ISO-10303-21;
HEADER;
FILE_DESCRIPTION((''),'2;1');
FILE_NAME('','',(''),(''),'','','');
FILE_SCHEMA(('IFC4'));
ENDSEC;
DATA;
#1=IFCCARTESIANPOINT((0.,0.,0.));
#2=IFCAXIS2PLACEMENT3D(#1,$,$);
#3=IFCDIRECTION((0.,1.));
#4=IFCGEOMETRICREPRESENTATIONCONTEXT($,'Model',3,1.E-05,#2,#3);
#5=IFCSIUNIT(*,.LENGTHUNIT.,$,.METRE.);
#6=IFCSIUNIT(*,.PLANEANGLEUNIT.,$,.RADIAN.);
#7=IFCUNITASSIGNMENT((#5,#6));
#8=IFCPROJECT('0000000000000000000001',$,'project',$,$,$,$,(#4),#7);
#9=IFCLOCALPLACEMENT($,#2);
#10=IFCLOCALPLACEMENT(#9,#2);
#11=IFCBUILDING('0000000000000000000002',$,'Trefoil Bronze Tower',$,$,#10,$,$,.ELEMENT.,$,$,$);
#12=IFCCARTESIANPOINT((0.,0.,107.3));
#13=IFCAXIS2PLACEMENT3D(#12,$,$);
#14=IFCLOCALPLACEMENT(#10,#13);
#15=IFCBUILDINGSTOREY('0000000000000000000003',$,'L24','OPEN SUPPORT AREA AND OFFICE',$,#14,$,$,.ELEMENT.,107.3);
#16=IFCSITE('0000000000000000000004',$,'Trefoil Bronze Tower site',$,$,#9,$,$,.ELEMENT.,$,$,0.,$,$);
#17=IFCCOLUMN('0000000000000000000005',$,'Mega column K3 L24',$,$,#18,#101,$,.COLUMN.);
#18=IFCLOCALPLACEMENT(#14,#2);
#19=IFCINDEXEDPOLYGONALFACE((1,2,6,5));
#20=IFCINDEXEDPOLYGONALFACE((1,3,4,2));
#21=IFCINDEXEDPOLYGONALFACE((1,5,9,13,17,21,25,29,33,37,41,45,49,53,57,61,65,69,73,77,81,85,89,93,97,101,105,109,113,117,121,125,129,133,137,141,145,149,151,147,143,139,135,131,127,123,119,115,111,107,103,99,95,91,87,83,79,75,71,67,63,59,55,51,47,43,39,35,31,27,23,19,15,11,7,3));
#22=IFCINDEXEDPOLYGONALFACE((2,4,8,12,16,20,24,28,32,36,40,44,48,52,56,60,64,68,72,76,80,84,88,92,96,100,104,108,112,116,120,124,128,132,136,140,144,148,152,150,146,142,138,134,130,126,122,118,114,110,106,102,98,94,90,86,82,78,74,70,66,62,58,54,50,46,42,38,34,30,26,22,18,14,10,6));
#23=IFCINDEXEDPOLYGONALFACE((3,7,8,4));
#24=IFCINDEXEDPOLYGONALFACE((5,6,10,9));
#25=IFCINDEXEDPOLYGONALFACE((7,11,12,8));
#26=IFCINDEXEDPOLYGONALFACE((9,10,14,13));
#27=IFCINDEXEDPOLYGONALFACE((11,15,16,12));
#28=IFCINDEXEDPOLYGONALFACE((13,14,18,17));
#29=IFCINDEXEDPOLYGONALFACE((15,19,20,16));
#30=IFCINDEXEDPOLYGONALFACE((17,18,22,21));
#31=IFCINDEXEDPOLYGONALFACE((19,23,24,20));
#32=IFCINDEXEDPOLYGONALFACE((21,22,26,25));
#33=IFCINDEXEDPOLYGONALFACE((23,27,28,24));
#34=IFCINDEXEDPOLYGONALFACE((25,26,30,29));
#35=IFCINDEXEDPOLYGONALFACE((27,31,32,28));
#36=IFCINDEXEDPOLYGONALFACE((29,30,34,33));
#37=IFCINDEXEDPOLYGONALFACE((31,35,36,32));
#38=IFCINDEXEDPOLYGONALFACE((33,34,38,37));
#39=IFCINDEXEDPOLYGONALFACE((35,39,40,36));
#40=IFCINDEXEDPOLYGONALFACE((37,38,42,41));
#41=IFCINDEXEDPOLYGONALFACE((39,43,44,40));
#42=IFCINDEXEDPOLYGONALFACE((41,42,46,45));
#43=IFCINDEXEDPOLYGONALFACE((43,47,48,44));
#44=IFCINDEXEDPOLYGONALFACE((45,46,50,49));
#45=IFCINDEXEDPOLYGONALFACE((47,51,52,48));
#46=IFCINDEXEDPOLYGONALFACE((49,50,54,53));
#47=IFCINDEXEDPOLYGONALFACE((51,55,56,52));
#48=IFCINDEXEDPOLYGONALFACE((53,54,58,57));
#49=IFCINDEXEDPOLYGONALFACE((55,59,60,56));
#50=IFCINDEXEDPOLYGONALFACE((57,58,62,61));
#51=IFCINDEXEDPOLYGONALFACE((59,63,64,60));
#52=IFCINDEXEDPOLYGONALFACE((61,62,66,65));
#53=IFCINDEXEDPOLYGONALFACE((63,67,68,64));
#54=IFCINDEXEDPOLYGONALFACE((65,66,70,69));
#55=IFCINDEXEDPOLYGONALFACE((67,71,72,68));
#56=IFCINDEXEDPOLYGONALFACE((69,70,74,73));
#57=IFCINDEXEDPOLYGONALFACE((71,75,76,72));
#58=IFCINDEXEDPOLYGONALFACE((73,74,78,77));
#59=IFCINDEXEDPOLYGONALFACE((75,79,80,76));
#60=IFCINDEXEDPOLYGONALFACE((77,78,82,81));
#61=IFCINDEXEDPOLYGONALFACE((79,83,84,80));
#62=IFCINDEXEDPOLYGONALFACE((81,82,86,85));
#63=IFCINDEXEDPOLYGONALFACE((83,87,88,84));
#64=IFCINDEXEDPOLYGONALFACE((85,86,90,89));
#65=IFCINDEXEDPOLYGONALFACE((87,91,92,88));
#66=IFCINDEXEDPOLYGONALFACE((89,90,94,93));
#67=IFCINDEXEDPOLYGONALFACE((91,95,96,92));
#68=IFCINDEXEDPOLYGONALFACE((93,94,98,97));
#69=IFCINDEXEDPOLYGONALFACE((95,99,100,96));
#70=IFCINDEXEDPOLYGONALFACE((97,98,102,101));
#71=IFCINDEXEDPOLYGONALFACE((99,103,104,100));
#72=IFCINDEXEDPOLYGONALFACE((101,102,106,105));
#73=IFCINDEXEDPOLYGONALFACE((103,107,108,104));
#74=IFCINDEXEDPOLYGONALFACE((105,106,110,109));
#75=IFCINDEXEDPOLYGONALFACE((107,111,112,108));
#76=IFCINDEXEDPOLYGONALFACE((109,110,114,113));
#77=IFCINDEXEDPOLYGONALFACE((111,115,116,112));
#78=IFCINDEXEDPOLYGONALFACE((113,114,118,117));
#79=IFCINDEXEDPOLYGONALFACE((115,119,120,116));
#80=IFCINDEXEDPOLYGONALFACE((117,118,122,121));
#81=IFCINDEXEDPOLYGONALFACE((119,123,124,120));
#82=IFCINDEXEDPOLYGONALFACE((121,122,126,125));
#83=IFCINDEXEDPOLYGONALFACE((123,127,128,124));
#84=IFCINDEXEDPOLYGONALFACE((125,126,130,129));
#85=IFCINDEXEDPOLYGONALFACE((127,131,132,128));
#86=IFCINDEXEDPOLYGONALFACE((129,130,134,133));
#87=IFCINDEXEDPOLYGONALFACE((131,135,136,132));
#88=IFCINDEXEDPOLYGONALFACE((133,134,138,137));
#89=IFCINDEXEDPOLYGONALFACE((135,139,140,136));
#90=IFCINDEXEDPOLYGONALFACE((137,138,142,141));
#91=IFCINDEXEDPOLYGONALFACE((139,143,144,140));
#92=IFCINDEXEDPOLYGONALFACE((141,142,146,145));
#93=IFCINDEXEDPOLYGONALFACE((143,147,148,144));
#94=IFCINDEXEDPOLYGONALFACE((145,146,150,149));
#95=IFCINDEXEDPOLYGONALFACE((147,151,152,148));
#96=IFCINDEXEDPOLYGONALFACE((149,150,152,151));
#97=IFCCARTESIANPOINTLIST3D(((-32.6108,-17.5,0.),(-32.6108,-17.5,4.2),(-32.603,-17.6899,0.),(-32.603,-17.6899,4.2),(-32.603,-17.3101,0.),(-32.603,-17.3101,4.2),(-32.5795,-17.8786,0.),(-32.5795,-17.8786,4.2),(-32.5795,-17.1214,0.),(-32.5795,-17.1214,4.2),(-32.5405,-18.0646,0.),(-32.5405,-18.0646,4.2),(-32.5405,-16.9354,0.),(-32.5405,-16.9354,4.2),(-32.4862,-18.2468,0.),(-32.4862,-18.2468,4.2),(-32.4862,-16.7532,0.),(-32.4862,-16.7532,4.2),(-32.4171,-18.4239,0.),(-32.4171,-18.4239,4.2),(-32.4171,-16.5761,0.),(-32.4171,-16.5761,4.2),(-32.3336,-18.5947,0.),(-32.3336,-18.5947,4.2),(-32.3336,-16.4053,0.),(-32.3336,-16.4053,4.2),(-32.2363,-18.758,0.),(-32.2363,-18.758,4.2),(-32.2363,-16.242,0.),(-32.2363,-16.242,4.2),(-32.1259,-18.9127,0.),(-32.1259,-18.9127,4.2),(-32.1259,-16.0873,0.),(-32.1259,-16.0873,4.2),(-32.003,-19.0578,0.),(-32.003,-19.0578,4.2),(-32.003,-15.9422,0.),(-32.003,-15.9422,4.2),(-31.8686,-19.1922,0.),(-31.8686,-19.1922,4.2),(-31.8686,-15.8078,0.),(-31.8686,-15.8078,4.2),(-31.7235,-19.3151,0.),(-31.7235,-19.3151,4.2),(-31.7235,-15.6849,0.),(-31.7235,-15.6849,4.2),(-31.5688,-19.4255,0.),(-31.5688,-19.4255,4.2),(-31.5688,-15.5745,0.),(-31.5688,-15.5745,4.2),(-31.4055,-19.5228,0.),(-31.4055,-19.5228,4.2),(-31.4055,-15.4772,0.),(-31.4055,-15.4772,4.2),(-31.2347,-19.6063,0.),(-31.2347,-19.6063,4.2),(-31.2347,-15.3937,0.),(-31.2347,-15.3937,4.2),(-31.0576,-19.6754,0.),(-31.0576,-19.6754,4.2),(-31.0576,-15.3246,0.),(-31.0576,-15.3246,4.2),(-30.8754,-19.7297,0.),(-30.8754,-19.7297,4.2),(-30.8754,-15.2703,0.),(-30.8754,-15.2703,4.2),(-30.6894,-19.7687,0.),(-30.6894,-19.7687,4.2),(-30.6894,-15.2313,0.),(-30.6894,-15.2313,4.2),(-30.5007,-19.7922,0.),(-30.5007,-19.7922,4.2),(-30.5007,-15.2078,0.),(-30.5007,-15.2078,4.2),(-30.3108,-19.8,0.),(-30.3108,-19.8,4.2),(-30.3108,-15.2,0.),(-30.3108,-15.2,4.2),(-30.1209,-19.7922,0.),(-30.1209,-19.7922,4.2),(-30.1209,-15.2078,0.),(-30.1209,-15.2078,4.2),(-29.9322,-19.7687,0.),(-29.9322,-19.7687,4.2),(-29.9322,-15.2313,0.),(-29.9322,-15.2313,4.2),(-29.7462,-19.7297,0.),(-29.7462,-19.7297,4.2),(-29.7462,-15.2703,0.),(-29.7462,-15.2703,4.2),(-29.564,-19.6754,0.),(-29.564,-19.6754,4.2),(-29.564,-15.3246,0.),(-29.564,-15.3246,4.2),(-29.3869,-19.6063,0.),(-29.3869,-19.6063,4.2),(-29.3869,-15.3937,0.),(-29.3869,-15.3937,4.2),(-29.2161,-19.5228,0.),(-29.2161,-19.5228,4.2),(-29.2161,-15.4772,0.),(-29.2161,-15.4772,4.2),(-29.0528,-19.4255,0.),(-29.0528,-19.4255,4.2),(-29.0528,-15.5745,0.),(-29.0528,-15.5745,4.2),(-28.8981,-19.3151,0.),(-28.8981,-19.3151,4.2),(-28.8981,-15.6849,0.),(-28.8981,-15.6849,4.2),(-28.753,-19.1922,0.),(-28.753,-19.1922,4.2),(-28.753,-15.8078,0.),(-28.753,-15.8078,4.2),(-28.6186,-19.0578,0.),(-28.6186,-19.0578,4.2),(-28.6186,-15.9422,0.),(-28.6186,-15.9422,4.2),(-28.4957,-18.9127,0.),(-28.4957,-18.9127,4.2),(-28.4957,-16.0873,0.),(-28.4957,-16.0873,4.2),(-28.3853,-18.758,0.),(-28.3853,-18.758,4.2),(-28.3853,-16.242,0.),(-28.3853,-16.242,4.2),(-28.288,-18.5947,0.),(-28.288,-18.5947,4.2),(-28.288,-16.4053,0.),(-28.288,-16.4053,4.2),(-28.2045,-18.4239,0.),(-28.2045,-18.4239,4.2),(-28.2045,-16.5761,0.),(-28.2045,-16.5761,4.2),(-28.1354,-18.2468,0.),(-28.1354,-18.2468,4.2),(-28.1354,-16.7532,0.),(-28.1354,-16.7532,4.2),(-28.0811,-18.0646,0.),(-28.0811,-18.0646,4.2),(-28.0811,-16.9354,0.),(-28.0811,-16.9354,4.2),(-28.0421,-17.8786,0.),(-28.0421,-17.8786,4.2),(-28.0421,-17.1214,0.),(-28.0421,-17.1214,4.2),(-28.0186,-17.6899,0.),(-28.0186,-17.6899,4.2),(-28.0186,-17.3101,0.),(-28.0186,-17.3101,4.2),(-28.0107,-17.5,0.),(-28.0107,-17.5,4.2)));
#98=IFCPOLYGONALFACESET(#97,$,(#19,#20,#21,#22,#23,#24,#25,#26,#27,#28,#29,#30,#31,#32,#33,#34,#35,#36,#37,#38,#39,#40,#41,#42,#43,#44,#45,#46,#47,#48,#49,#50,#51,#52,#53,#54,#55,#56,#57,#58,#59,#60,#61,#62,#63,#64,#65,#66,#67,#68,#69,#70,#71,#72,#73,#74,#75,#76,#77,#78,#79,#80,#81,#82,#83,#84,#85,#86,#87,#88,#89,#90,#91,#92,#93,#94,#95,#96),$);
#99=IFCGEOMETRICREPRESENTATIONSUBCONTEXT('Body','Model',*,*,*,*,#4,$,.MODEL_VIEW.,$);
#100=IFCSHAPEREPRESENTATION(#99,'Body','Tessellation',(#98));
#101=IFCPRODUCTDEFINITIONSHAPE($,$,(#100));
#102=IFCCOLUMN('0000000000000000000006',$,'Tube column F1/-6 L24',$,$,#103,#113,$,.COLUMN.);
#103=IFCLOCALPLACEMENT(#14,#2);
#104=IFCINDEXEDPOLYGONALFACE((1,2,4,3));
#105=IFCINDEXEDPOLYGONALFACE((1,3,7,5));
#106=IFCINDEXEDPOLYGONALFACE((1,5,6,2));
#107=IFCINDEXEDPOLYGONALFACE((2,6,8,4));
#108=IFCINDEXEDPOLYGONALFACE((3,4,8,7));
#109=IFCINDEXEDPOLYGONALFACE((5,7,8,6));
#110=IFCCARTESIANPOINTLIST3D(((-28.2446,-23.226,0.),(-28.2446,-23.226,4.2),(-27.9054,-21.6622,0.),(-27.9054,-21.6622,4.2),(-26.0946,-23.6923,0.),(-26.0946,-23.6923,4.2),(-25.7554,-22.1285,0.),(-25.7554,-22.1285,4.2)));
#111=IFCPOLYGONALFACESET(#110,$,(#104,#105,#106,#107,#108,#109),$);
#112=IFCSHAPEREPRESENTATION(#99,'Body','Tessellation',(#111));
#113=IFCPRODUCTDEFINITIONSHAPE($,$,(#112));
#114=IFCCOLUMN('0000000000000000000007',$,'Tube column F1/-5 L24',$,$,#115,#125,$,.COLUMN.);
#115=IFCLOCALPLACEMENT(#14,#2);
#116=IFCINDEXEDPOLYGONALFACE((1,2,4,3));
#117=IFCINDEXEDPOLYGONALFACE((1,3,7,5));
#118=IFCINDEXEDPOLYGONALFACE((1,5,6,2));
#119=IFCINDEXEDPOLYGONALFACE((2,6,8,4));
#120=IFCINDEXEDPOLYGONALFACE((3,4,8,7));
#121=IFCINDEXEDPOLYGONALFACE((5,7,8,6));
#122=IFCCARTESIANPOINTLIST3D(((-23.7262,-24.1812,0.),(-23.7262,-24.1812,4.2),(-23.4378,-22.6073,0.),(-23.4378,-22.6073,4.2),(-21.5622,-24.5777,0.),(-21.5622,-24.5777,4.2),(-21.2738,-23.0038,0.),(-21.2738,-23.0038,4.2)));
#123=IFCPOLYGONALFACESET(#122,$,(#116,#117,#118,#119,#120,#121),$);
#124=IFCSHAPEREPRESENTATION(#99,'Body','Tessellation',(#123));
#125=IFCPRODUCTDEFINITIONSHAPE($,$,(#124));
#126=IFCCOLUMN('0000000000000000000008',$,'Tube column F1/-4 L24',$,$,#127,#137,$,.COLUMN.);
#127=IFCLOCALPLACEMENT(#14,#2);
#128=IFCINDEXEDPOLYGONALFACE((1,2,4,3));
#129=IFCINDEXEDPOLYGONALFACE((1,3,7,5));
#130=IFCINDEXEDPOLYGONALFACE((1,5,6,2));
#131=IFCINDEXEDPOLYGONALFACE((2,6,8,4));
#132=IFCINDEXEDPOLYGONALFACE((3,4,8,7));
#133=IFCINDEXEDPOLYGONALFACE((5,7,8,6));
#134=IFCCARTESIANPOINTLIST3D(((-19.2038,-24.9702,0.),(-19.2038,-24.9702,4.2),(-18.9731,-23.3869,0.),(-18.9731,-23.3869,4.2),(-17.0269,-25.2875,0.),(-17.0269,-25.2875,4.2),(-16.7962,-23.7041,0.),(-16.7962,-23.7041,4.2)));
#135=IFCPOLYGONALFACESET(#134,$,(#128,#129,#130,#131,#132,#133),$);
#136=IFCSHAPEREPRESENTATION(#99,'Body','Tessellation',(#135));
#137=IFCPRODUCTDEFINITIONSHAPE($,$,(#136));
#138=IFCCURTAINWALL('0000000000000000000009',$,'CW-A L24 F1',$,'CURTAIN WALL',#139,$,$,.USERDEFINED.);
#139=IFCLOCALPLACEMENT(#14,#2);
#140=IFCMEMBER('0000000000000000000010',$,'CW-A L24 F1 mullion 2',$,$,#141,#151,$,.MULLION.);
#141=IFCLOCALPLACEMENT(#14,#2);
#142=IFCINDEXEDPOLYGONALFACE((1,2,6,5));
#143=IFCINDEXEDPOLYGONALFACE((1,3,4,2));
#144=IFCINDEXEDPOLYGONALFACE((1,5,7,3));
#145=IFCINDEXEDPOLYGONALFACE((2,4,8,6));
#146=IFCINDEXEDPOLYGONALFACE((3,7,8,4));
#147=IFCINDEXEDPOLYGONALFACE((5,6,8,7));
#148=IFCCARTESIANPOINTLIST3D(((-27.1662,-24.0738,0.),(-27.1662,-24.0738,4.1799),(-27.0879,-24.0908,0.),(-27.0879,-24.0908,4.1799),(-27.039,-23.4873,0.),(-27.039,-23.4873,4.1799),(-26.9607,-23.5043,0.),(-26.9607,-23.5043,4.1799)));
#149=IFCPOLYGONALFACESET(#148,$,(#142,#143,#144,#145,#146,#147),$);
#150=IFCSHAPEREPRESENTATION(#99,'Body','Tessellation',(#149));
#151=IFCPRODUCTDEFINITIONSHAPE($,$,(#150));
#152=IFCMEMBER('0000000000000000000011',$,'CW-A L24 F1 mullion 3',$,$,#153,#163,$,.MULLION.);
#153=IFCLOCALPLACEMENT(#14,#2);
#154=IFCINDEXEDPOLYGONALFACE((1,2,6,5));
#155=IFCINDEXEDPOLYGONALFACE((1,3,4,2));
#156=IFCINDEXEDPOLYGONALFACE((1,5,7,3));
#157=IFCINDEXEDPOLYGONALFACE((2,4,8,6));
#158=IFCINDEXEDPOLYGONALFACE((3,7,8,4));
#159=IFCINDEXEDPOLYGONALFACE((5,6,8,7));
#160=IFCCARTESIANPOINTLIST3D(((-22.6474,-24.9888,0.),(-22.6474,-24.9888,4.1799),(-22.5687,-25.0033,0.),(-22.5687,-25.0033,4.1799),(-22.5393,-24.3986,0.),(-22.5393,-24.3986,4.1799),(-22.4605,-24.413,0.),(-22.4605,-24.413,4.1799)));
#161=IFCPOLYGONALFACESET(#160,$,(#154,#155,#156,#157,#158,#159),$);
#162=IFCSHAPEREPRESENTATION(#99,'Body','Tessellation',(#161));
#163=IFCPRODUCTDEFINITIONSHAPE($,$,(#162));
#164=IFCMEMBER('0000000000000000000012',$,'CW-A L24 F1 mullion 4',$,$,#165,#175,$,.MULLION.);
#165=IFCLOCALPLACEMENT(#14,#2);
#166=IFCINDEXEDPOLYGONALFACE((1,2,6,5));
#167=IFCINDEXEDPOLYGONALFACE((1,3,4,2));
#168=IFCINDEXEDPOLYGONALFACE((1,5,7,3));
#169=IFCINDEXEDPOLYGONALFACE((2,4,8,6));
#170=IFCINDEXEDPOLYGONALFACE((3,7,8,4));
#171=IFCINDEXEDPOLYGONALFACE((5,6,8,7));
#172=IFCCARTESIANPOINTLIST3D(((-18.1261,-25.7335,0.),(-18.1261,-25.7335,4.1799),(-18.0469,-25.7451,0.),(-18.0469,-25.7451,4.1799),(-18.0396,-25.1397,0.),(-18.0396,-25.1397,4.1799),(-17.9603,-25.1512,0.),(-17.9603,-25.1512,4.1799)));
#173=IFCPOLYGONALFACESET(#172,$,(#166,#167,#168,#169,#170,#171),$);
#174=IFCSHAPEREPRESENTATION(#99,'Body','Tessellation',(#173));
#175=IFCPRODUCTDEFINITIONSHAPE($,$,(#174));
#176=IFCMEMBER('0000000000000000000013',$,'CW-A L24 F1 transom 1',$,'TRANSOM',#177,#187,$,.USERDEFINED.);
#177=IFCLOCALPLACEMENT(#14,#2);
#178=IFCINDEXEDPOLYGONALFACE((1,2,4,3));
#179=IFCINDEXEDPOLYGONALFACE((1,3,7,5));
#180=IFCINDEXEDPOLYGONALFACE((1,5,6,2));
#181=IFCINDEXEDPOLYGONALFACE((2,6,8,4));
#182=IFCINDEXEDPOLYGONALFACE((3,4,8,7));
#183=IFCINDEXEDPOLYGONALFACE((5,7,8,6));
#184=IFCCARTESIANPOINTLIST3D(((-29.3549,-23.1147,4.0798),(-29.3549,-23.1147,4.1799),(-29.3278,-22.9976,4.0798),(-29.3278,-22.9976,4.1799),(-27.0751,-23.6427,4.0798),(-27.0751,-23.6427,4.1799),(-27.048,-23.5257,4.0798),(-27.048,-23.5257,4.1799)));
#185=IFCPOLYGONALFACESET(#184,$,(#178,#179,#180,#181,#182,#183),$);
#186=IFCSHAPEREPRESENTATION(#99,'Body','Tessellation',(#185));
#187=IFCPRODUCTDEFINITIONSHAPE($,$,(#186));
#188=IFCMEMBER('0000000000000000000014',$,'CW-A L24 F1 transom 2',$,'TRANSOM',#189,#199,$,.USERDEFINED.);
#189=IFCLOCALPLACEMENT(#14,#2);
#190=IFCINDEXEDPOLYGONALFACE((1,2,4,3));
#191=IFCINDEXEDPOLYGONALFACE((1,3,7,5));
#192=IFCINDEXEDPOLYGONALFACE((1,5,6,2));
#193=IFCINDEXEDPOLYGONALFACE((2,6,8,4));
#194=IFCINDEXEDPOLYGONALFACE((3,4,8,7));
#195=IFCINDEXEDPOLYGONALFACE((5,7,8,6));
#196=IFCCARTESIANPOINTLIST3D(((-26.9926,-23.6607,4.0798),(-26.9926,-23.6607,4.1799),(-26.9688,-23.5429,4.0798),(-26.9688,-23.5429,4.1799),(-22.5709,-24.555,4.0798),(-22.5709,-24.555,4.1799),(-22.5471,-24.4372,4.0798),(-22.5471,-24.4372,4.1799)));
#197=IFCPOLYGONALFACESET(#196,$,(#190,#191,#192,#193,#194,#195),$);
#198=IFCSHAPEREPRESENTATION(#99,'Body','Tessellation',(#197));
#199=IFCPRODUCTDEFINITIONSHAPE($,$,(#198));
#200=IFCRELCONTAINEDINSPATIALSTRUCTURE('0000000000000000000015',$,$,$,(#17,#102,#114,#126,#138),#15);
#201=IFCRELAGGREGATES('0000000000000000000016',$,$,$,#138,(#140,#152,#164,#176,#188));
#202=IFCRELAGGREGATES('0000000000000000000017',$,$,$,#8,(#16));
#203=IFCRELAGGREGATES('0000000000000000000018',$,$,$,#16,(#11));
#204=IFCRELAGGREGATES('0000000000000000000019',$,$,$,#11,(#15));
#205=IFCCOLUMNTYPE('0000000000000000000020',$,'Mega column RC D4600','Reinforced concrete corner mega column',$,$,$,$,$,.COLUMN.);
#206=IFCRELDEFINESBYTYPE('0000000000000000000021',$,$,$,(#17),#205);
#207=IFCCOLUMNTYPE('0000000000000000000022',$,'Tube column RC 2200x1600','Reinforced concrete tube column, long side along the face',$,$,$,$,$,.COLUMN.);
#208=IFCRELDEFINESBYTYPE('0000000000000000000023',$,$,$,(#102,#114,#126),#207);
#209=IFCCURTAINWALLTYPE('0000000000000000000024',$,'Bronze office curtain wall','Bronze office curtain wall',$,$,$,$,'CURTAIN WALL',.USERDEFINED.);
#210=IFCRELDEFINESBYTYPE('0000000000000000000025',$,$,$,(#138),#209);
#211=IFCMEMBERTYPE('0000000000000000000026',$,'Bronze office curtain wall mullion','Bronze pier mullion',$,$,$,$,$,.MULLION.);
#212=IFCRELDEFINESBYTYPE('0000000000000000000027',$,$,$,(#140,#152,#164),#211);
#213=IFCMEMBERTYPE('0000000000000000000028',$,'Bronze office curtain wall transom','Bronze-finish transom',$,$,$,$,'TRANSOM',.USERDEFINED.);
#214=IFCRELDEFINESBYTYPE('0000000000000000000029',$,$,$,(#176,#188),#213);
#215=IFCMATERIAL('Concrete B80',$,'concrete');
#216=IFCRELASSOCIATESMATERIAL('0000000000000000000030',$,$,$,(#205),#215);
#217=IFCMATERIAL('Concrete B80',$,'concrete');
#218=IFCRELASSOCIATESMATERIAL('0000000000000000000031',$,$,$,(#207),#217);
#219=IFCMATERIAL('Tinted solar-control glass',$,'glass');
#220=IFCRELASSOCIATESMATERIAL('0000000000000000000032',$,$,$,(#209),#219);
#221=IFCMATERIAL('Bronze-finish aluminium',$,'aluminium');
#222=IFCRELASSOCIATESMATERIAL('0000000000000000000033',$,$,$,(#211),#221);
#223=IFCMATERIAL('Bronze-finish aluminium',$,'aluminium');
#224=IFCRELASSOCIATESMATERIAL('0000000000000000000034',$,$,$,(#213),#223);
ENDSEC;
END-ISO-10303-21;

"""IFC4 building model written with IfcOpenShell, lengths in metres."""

from ifc_helpers import new_model, si_unit, direction, frame, origin, origin_2d, place, context, subcontext, project, spatial, rectangle, circle, extrude, material, material_profile, profile_set, type_object, element, aggregate, save


model = new_model("IFC4")

# Units and contexts
model_context = context("Model", 3, precision=1e-05, world=origin(), true_north=direction((0.0, 1.0)))
body_context = subcontext(model_context, "Body", "Model", "MODEL_VIEW")
ifc_project = project(units=[si_unit("LENGTHUNIT", "METRE"), si_unit("PLANEANGLEUNIT", "RADIAN")], contexts=[model_context])

# Site, building, storey
site_placement = place(None, origin())
site = spatial("IfcSite", under=ifc_project, at=site_placement, Name="Trefoil Bronze Tower site", CompositionType="ELEMENT", RefElevation=0.0)
building_placement = place(site_placement, origin())
building = spatial("IfcBuilding", under=site, at=building_placement, Name="Trefoil Bronze Tower", CompositionType="ELEMENT")
storey_placement = place(building_placement, frame((0.0, 0.0, 107.3)))
storey = spatial("IfcBuildingStorey", under=building, at=storey_placement, Name="L24", Description="OPEN SUPPORT AREA AND OFFICE", CompositionType="ELEMENT", Elevation=107.3)

# Columns
ifc_material_1 = material(Name="Concrete B80", Category="concrete")
ifc_material_profile_1 = material_profile(ifc_material_1, circle(Radius=2.3, at=origin_2d()), Name="RC D4600")
ifc_profile_set_1 = profile_set([ifc_material_profile_1], Name="Concrete B80")
column_type_1 = type_object("IfcColumnType", Name="Mega column RC D4600", Description="Reinforced concrete corner mega column", PredefinedType="COLUMN", material=ifc_profile_set_1)
column_placement = place(storey_placement, frame((-30.3108, -17.5, 0.0), z_axis=(0.0, 0.0, 1.0), x_axis=(1.0, 0.0, 0.0)))
element("IfcColumn", 1, at=column_placement, inside=storey, type_object=column_type_1, Name="Mega column K3 L24", PredefinedType="COLUMN", context=body_context, shape_type="SweptSolid", body=[
    extrude(circle(Radius=2.3, at=origin_2d()), origin(), (0.0, 0.0, 1.0), 4.2),
])
ifc_material_2 = material(Name="Concrete B80", Category="concrete")
ifc_material_profile_2 = material_profile(ifc_material_2, rectangle(XDim=2.2, YDim=1.6001, at=origin_2d()), Name="RC 2200x1600")
ifc_profile_set_2 = profile_set([ifc_material_profile_2], Name="Concrete B80")
column_type_2 = type_object("IfcColumnType", Name="Tube column RC 2200x1600", Description="Reinforced concrete tube column, long side along the face", PredefinedType="COLUMN", material=ifc_profile_set_2)
for number, where, z_axis, x_axis, name in (
    (2, (-27.0, -22.6772, 0.0), (0.0, 0.0, 1.0), (0.977276, -0.21197, 0.0), "Tube column F1/-6 L24"),
    (3, (-22.5, -23.5925, 0.0), (0.0, 0.0, 1.0), (0.983623, -0.180241, 0.0), "Tube column F1/-5 L24"),
    (4, (-18.0, -24.3372, 0.0), (0.0, 0.0, 1.0), (0.98955, -0.144192, 0.0), "Tube column F1/-4 L24"),
):
    element("IfcColumn", number, at=place(storey_placement, frame(where, z_axis=z_axis, x_axis=x_axis)), inside=storey, type_object=column_type_2, Name=name, PredefinedType="COLUMN", context=body_context, shape_type="SweptSolid", body=[
        extrude(rectangle(XDim=2.2, YDim=1.6001, at=origin_2d()), origin(), (0.0, 0.0, 1.0), 4.2),
    ])

# Curtain wall, members
ifc_material_3 = material(Name="Tinted solar-control glass", Category="glass")
curtain_wall_type_1 = type_object("IfcCurtainWallType", Name="Bronze office curtain wall", Description="Bronze office curtain wall", ElementType="CURTAIN WALL", PredefinedType="USERDEFINED", material=ifc_material_3)
curtain_wall_1_placement = place(storey_placement, origin())
curtain_wall_1 = element("IfcCurtainWall", 5, at=curtain_wall_1_placement, inside=storey, type_object=curtain_wall_type_1, Name="CW-A L24 F1", ObjectType="CURTAIN WALL", PredefinedType="USERDEFINED")
ifc_material_4 = material(Name="Bronze-finish aluminium", Category="aluminium")
ifc_material_profile_3 = material_profile(ifc_material_4, rectangle(XDim=0.6001, YDim=0.0801, at=origin_2d()), Name="CW-A mullion")
ifc_profile_set_3 = profile_set([ifc_material_profile_3], Name="Bronze-finish aluminium")
member_type_1 = type_object("IfcMemberType", Name="Bronze office curtain wall mullion", Description="Bronze pier mullion", PredefinedType="MULLION", material=ifc_profile_set_3)
member_1_placement = place(storey_placement, frame((-27.0635, -23.7891, 0.0), z_axis=(0.0, 0.0, 1.0), x_axis=(0.21197, 0.977276, 0.0)))
member_1 = element("IfcMember", 6, at=member_1_placement, type_object=member_type_1, Name="CW-A L24 F1 mullion 2", PredefinedType="MULLION", context=body_context, shape_type="SweptSolid", body=[
    extrude(rectangle(XDim=0.6001, YDim=0.0801, at=origin_2d()), origin(), (0.0, 0.0, 1.0), 4.1799),
])
member_2_placement = place(storey_placement, frame((-22.554, -24.7009, 0.0), z_axis=(0.0, 0.0, 1.0), x_axis=(0.180241, 0.983623, 0.0)))
member_2 = element("IfcMember", 7, at=member_2_placement, type_object=member_type_1, Name="CW-A L24 F1 mullion 3", PredefinedType="MULLION", context=body_context, shape_type="SweptSolid", body=[
    extrude(rectangle(XDim=0.6001, YDim=0.0801, at=origin_2d()), origin(), (0.0, 0.0, 1.0), 4.1799),
])
member_3_placement = place(storey_placement, frame((-18.0432, -25.4424, 0.0), z_axis=(0.0, 0.0, 1.0), x_axis=(0.144192, 0.98955, 0.0)))
member_3 = element("IfcMember", 8, at=member_3_placement, type_object=member_type_1, Name="CW-A L24 F1 mullion 4", PredefinedType="MULLION", context=body_context, shape_type="SweptSolid", body=[
    extrude(rectangle(XDim=0.6001, YDim=0.0801, at=origin_2d()), origin(), (0.0, 0.0, 1.0), 4.1799),
])
ifc_material_5 = material(Name="Bronze-finish aluminium", Category="aluminium")
ifc_material_profile_4 = material_profile(ifc_material_5, rectangle(XDim=0.1201, YDim=0.1001, at=origin_2d()), Name="CW-A transom")
ifc_profile_set_4 = profile_set([ifc_material_profile_4], Name="Bronze-finish aluminium")
member_type_2 = type_object("IfcMemberType", Name="Bronze office curtain wall transom", Description="Bronze-finish transom", ElementType="TRANSOM", PredefinedType="USERDEFINED", material=ifc_profile_set_4)
member_4_placement = place(storey_placement, frame((-29.3413, -23.0562, 4.1299), z_axis=(0.974206, -0.225659, 0.0), x_axis=(0.225659, 0.974206, 0.0)))
member_4 = element("IfcMember", 9, at=member_4_placement, type_object=member_type_2, Name="CW-A L24 F1 transom 1", ObjectType="TRANSOM", PredefinedType="USERDEFINED", context=body_context, shape_type="SweptSolid", body=[
    extrude(rectangle(XDim=0.1201, YDim=0.1001, at=origin_2d()), origin(), (0.0, 0.0, 1.0), 2.3401),
])
member_5_placement = place(storey_placement, frame((-26.9807, -23.6018, 4.1299), z_axis=(0.980154, -0.198239, 0.0), x_axis=(0.198239, 0.980154, 0.0)))
member_5 = element("IfcMember", 10, at=member_5_placement, type_object=member_type_2, Name="CW-A L24 F1 transom 2", ObjectType="TRANSOM", PredefinedType="USERDEFINED", context=body_context, shape_type="SweptSolid", body=[
    extrude(rectangle(XDim=0.1201, YDim=0.1001, at=origin_2d()), origin(), (0.0, 0.0, 1.0), 4.5112),
])

aggregate(curtain_wall_1, [member_1, member_2, member_3, member_4, member_5])

save(model, "model.ifc")
